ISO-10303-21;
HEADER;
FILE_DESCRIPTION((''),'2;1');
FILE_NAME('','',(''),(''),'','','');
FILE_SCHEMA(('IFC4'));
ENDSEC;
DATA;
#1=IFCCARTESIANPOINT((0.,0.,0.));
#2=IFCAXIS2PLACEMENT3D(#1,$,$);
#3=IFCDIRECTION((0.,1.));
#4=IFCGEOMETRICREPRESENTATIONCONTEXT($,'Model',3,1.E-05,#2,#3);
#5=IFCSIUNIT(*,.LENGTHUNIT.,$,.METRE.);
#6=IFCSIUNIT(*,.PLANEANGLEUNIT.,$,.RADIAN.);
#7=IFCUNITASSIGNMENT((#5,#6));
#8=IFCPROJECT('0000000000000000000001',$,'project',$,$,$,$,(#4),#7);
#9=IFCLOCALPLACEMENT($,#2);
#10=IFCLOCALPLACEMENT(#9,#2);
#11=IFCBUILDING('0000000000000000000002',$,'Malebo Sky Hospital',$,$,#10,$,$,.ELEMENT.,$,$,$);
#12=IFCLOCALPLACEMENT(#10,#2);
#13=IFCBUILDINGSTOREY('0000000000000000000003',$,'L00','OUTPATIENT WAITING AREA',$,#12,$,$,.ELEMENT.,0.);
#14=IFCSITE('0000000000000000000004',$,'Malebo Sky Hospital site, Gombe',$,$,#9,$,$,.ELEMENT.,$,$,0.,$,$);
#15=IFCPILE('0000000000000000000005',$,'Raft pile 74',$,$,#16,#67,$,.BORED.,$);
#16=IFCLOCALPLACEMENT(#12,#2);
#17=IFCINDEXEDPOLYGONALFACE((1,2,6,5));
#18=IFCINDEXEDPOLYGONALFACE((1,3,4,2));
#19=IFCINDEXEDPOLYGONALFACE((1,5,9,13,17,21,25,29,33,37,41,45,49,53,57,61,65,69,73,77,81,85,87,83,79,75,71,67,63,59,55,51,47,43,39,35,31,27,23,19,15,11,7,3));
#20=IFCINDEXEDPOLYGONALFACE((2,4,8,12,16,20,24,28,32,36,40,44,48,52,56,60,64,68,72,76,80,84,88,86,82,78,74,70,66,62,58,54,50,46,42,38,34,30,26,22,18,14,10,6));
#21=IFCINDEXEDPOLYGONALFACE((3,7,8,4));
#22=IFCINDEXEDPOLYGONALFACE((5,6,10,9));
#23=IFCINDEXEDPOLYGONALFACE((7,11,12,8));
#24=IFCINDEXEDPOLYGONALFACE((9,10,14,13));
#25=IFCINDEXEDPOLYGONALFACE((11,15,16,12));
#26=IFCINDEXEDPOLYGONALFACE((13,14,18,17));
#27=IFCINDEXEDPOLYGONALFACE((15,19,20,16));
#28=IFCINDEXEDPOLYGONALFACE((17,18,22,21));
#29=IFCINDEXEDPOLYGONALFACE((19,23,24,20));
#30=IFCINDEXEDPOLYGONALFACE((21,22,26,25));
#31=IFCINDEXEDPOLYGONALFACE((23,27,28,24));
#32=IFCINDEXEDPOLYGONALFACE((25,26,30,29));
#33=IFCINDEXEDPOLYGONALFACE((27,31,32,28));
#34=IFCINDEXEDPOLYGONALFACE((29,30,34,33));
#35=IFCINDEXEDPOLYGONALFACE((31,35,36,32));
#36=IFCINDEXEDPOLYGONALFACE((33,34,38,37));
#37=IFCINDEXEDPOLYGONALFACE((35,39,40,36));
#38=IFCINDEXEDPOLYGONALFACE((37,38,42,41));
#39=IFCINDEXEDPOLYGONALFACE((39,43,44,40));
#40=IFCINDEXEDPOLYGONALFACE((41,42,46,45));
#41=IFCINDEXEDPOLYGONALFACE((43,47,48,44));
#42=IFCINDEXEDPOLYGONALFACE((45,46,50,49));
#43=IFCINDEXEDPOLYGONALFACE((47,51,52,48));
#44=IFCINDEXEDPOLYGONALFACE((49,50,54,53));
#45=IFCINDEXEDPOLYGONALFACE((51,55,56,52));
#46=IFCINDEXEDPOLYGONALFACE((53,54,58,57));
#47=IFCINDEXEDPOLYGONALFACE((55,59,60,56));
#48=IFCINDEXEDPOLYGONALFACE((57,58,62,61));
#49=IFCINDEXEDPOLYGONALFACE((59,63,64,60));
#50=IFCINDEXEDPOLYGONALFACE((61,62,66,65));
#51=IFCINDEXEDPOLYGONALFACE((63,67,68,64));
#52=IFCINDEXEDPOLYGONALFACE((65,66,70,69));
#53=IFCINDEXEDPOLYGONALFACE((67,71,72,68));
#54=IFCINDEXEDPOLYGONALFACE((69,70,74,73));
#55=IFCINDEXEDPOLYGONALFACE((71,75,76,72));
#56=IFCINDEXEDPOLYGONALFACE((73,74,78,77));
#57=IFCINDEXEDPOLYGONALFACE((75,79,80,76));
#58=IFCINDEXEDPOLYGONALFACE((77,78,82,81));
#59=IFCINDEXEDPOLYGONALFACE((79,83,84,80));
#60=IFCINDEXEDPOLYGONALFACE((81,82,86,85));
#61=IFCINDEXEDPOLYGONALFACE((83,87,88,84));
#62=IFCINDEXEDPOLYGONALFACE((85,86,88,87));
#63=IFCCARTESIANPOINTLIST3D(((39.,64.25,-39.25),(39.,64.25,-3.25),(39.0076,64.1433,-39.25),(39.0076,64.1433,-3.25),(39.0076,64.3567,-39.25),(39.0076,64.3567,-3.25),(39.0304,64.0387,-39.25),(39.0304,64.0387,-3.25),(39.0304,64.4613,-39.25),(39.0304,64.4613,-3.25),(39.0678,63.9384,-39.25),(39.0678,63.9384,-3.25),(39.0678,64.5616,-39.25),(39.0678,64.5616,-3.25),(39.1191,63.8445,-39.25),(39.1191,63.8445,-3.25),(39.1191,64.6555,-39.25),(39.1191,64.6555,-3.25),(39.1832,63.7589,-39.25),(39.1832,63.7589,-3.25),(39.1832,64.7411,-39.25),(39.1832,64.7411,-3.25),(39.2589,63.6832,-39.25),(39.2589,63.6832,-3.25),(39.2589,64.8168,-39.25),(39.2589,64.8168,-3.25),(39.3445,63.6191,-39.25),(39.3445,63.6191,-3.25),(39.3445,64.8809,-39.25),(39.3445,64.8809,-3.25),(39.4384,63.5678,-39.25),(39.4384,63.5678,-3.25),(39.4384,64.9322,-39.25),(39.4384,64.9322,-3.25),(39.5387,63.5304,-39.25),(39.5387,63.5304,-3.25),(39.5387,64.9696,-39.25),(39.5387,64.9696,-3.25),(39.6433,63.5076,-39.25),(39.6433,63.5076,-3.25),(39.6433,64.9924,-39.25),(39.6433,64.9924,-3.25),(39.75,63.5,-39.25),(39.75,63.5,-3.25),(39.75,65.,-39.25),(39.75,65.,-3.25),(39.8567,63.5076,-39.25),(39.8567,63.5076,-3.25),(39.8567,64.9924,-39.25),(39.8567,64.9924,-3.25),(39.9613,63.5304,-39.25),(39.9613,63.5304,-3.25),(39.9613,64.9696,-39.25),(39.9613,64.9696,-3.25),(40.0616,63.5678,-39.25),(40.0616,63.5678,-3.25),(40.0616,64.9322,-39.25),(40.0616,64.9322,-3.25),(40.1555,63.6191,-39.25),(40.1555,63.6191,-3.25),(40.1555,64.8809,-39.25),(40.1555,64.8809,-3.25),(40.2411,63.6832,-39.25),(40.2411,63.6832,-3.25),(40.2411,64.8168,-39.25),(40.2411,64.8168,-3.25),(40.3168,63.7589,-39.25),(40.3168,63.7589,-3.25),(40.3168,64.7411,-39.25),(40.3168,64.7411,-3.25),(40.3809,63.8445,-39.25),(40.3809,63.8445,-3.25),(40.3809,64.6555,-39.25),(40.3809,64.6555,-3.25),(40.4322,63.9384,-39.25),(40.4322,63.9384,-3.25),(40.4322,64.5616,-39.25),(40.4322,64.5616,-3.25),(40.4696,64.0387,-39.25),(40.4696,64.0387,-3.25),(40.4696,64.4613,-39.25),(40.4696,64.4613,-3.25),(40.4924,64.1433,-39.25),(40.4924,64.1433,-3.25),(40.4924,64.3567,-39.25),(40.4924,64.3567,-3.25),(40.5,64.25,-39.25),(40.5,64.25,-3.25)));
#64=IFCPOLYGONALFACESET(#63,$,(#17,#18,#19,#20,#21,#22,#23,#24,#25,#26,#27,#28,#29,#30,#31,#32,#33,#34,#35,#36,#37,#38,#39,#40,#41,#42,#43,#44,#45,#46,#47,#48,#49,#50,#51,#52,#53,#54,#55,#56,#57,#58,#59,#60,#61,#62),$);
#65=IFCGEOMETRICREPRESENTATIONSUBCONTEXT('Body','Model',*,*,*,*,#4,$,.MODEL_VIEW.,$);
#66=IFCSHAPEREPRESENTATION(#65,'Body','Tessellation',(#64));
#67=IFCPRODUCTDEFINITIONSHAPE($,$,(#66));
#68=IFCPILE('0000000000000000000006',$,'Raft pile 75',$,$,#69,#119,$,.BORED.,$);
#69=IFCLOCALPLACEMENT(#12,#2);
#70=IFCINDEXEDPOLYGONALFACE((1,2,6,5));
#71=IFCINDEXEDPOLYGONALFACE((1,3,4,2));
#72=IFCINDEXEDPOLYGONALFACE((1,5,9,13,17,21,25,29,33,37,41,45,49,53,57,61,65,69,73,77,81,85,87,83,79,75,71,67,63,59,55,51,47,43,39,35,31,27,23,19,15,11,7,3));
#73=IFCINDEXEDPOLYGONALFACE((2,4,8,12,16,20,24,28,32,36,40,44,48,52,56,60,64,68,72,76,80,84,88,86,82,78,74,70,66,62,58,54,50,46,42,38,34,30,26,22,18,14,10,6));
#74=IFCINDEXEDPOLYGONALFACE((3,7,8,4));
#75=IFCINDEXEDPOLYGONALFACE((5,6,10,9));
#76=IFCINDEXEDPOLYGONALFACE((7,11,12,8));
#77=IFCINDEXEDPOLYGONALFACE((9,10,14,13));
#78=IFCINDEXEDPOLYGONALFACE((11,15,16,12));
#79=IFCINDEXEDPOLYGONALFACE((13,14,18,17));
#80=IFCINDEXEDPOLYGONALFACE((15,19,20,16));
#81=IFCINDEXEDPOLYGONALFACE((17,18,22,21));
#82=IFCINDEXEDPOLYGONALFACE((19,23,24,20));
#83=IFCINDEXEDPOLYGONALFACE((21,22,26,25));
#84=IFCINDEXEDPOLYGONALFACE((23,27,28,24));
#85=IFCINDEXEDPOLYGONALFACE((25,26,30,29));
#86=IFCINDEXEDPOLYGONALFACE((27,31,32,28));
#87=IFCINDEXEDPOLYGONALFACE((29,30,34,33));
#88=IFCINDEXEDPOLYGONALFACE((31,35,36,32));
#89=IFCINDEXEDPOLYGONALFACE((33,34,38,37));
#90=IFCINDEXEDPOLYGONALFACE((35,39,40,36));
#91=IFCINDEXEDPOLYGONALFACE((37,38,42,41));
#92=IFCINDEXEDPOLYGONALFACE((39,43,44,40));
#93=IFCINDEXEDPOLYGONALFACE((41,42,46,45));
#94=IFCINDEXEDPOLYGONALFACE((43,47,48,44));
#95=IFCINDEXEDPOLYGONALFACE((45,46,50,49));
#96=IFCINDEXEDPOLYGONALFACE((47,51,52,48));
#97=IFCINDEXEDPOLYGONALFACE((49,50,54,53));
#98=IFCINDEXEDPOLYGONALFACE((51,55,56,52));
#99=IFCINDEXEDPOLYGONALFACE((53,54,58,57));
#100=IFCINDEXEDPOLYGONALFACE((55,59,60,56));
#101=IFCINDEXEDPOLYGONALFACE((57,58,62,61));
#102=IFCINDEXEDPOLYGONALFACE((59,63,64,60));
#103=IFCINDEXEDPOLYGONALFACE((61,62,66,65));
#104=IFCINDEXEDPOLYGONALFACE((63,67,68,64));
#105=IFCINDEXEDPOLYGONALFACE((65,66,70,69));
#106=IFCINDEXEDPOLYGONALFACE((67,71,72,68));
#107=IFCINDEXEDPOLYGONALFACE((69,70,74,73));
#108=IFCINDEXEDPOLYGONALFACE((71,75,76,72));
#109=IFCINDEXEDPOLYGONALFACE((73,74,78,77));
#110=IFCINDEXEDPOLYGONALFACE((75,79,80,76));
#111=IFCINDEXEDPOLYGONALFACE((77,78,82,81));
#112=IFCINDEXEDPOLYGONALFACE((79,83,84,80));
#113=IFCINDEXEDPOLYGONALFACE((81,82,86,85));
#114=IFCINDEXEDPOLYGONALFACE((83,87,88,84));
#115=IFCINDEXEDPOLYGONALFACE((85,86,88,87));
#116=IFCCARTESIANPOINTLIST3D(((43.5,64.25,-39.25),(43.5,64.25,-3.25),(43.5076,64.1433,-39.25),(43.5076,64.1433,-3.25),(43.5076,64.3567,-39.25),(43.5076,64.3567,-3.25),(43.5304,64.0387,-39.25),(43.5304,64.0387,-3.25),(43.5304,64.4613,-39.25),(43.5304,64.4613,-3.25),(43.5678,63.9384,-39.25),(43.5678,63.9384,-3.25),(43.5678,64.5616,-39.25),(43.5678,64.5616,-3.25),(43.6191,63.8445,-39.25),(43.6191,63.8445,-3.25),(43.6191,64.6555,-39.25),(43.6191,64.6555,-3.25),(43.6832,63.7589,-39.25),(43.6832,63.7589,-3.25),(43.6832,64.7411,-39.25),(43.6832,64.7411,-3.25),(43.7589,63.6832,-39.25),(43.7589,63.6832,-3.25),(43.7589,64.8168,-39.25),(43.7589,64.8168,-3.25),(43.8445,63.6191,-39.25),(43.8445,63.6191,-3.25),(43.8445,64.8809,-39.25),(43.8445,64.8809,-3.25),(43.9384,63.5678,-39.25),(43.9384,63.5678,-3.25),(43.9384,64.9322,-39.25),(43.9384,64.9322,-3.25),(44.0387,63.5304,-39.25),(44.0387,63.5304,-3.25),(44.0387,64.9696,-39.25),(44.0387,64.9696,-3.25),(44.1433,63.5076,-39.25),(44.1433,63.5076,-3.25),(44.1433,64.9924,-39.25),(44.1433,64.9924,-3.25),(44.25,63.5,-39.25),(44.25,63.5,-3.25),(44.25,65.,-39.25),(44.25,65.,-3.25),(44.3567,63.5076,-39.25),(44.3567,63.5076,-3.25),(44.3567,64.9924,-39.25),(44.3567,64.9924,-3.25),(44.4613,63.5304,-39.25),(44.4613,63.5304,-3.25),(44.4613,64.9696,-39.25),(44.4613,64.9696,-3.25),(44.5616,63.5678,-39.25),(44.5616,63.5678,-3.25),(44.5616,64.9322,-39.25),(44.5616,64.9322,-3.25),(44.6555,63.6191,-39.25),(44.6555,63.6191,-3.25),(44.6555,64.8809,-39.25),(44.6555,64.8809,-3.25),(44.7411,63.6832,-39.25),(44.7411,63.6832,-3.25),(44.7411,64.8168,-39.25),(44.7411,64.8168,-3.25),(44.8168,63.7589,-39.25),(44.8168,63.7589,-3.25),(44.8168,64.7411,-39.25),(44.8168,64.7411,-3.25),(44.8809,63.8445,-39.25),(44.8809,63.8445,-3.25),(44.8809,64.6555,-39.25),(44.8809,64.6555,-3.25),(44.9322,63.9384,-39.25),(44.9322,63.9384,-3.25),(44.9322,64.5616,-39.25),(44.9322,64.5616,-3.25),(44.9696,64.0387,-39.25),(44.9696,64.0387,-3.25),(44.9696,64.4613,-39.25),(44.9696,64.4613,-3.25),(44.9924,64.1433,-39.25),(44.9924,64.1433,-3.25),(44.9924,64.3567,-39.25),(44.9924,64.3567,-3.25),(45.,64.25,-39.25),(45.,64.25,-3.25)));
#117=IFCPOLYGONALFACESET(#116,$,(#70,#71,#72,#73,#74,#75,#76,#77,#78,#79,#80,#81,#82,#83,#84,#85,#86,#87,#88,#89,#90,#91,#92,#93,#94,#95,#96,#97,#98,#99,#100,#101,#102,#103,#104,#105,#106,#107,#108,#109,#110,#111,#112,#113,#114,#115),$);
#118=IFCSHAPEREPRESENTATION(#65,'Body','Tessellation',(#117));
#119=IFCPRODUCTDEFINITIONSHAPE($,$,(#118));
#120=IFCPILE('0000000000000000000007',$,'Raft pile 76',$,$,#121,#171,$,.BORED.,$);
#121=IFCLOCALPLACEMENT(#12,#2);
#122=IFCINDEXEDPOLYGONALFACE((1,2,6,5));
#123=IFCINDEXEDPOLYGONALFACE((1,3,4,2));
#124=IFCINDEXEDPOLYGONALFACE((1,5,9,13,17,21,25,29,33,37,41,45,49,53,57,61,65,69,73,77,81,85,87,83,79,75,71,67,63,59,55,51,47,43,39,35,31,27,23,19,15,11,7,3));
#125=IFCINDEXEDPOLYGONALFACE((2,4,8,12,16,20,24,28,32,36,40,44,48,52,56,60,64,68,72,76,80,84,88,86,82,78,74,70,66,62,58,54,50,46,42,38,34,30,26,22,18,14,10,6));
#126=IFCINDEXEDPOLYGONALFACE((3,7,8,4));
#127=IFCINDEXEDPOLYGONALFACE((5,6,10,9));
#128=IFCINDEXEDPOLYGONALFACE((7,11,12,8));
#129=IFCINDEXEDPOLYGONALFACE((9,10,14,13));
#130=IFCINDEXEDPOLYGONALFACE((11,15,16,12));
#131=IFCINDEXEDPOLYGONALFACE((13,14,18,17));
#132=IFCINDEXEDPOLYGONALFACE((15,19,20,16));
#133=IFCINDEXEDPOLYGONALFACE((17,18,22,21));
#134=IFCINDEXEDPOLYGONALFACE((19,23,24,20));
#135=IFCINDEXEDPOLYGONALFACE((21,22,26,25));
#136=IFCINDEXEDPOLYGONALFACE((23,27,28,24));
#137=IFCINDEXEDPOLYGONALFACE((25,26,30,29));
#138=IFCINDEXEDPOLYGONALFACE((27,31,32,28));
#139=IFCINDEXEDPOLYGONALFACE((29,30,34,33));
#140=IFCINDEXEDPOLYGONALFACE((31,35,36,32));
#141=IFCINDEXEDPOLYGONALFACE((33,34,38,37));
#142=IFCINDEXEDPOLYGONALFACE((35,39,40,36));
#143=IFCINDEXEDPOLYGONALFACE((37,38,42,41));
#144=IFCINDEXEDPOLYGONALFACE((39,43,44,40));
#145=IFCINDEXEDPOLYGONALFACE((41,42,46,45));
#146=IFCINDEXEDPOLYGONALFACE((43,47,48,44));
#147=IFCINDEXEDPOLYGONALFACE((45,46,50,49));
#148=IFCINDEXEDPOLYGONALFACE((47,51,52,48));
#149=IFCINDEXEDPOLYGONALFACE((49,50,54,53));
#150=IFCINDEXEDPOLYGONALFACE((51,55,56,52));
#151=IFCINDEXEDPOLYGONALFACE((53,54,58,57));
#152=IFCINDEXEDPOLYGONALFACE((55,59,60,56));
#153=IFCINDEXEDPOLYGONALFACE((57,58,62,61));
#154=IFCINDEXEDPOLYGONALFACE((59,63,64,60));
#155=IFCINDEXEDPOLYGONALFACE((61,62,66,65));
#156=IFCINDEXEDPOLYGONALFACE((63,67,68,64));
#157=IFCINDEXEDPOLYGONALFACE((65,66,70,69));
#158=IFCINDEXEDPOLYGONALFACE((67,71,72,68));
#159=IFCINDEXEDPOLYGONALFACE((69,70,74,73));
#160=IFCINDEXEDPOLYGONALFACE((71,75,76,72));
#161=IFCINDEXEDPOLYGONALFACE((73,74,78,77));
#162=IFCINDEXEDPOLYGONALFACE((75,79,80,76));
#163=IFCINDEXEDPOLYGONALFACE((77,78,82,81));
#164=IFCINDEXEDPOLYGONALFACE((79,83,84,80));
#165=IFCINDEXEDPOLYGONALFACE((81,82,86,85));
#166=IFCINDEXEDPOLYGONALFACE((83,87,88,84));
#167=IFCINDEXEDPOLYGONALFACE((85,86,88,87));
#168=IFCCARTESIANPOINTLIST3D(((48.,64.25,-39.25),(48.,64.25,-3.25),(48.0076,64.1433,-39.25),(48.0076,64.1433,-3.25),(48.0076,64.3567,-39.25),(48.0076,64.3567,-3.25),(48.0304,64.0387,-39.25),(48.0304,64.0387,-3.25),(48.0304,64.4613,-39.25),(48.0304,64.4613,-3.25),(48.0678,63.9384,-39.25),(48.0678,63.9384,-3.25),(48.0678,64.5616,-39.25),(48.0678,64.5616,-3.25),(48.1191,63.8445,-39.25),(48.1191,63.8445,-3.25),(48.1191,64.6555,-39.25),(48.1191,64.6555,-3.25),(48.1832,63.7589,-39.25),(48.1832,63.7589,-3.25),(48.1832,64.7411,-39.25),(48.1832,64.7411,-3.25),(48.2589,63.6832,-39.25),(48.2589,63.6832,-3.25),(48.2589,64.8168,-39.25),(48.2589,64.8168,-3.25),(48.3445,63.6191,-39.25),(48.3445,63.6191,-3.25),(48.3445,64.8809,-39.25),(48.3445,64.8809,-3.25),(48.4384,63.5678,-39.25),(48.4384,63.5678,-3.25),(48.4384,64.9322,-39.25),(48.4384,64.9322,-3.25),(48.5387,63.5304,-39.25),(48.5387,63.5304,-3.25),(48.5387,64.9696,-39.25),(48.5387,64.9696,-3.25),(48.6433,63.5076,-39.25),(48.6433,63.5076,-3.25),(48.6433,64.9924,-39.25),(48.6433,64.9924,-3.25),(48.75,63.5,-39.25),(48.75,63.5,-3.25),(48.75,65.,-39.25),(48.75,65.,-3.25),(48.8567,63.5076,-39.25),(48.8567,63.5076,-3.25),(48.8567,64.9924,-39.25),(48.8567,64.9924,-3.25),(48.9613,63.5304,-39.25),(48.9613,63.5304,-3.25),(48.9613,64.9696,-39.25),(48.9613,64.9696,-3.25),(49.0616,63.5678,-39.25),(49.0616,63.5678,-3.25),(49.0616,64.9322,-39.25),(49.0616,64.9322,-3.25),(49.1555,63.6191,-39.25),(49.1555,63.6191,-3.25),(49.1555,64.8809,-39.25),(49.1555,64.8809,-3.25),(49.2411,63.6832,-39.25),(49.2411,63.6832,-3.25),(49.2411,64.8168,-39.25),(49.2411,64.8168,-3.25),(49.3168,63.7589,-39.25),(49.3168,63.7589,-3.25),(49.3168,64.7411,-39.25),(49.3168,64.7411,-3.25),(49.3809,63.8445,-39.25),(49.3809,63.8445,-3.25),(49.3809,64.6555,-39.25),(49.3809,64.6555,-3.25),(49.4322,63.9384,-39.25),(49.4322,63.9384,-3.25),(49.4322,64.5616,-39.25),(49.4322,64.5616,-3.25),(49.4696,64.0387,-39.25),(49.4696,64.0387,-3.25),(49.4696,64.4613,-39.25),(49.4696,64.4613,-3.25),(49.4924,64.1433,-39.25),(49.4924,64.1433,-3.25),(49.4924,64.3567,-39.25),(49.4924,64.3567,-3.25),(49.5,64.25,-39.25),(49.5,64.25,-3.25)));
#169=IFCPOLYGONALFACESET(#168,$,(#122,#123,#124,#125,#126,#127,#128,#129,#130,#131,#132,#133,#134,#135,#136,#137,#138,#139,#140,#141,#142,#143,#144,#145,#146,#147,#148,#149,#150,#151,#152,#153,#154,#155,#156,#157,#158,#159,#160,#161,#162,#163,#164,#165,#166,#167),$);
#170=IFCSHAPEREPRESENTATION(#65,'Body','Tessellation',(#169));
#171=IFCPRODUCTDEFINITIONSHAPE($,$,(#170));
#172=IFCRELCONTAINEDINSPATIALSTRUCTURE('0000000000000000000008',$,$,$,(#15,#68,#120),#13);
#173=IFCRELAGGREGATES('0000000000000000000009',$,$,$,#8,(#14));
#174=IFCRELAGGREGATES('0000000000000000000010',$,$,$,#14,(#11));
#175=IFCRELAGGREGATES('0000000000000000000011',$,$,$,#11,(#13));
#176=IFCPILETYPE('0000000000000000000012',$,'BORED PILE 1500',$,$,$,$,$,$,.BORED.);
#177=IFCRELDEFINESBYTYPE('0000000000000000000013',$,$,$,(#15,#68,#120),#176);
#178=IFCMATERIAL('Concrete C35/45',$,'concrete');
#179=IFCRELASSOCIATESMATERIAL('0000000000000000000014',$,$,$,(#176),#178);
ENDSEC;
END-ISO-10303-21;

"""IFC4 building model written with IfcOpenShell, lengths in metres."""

from ifc_helpers import new_model, si_unit, direction, frame, origin, origin_2d, place, context, subcontext, project, spatial, circle, extrude, material, material_profile, profile_set, type_object, element, save


model = new_model("IFC4")

# Units and contexts
model_context = context("Model", 3, precision=1e-05, world=origin(), true_north=direction((0.0, 1.0)))
body_context = subcontext(model_context, "Body", "Model", "MODEL_VIEW")
ifc_project = project(units=[si_unit("LENGTHUNIT", "METRE"), si_unit("PLANEANGLEUNIT", "RADIAN")], contexts=[model_context])

# Site, building, storey
site_placement = place(None, origin())
site = spatial("IfcSite", under=ifc_project, at=site_placement, Name="Malebo Sky Hospital site, Gombe", CompositionType="ELEMENT", RefElevation=0.0)
building_placement = place(site_placement, origin())
building = spatial("IfcBuilding", under=site, at=building_placement, Name="Malebo Sky Hospital", CompositionType="ELEMENT")
storey_placement = place(building_placement, origin())
storey = spatial("IfcBuildingStorey", under=building, at=storey_placement, Name="L00", Description="OUTPATIENT WAITING AREA", CompositionType="ELEMENT", Elevation=0.0)

# Piles
ifc_material_1 = material(Name="Concrete C35/45", Category="concrete")
ifc_material_profile_1 = material_profile(ifc_material_1, circle(Radius=0.75, at=origin_2d()), Name="BP 1500")
ifc_profile_set_1 = profile_set([ifc_material_profile_1], Name="Concrete C35/45")
pile_type = type_object("IfcPileType", Name="BORED PILE 1500", PredefinedType="BORED", material=ifc_profile_set_1)
for number, where, z_axis, x_axis, name in (
    (1, (39.75, 64.25, -3.25), (0.0, 0.0, -1.0), (1.0, 0.0, 0.0), "Raft pile 74"),
    (2, (44.25, 64.25, -3.25), (0.0, 0.0, -1.0), (1.0, 0.0, 0.0), "Raft pile 75"),
    (3, (48.75, 64.25, -3.25), (0.0, 0.0, -1.0), (1.0, 0.0, 0.0), "Raft pile 76"),
):
    element("IfcPile", number, at=place(storey_placement, frame(where, z_axis=z_axis, x_axis=x_axis)), inside=storey, type_object=pile_type, Name=name, PredefinedType="BORED", context=body_context, shape_type="SweptSolid", body=[
        extrude(circle(Radius=0.75, at=origin_2d()), origin(), (0.0, 0.0, 1.0), 36.0),
    ])

save(model, "model.ifc")
